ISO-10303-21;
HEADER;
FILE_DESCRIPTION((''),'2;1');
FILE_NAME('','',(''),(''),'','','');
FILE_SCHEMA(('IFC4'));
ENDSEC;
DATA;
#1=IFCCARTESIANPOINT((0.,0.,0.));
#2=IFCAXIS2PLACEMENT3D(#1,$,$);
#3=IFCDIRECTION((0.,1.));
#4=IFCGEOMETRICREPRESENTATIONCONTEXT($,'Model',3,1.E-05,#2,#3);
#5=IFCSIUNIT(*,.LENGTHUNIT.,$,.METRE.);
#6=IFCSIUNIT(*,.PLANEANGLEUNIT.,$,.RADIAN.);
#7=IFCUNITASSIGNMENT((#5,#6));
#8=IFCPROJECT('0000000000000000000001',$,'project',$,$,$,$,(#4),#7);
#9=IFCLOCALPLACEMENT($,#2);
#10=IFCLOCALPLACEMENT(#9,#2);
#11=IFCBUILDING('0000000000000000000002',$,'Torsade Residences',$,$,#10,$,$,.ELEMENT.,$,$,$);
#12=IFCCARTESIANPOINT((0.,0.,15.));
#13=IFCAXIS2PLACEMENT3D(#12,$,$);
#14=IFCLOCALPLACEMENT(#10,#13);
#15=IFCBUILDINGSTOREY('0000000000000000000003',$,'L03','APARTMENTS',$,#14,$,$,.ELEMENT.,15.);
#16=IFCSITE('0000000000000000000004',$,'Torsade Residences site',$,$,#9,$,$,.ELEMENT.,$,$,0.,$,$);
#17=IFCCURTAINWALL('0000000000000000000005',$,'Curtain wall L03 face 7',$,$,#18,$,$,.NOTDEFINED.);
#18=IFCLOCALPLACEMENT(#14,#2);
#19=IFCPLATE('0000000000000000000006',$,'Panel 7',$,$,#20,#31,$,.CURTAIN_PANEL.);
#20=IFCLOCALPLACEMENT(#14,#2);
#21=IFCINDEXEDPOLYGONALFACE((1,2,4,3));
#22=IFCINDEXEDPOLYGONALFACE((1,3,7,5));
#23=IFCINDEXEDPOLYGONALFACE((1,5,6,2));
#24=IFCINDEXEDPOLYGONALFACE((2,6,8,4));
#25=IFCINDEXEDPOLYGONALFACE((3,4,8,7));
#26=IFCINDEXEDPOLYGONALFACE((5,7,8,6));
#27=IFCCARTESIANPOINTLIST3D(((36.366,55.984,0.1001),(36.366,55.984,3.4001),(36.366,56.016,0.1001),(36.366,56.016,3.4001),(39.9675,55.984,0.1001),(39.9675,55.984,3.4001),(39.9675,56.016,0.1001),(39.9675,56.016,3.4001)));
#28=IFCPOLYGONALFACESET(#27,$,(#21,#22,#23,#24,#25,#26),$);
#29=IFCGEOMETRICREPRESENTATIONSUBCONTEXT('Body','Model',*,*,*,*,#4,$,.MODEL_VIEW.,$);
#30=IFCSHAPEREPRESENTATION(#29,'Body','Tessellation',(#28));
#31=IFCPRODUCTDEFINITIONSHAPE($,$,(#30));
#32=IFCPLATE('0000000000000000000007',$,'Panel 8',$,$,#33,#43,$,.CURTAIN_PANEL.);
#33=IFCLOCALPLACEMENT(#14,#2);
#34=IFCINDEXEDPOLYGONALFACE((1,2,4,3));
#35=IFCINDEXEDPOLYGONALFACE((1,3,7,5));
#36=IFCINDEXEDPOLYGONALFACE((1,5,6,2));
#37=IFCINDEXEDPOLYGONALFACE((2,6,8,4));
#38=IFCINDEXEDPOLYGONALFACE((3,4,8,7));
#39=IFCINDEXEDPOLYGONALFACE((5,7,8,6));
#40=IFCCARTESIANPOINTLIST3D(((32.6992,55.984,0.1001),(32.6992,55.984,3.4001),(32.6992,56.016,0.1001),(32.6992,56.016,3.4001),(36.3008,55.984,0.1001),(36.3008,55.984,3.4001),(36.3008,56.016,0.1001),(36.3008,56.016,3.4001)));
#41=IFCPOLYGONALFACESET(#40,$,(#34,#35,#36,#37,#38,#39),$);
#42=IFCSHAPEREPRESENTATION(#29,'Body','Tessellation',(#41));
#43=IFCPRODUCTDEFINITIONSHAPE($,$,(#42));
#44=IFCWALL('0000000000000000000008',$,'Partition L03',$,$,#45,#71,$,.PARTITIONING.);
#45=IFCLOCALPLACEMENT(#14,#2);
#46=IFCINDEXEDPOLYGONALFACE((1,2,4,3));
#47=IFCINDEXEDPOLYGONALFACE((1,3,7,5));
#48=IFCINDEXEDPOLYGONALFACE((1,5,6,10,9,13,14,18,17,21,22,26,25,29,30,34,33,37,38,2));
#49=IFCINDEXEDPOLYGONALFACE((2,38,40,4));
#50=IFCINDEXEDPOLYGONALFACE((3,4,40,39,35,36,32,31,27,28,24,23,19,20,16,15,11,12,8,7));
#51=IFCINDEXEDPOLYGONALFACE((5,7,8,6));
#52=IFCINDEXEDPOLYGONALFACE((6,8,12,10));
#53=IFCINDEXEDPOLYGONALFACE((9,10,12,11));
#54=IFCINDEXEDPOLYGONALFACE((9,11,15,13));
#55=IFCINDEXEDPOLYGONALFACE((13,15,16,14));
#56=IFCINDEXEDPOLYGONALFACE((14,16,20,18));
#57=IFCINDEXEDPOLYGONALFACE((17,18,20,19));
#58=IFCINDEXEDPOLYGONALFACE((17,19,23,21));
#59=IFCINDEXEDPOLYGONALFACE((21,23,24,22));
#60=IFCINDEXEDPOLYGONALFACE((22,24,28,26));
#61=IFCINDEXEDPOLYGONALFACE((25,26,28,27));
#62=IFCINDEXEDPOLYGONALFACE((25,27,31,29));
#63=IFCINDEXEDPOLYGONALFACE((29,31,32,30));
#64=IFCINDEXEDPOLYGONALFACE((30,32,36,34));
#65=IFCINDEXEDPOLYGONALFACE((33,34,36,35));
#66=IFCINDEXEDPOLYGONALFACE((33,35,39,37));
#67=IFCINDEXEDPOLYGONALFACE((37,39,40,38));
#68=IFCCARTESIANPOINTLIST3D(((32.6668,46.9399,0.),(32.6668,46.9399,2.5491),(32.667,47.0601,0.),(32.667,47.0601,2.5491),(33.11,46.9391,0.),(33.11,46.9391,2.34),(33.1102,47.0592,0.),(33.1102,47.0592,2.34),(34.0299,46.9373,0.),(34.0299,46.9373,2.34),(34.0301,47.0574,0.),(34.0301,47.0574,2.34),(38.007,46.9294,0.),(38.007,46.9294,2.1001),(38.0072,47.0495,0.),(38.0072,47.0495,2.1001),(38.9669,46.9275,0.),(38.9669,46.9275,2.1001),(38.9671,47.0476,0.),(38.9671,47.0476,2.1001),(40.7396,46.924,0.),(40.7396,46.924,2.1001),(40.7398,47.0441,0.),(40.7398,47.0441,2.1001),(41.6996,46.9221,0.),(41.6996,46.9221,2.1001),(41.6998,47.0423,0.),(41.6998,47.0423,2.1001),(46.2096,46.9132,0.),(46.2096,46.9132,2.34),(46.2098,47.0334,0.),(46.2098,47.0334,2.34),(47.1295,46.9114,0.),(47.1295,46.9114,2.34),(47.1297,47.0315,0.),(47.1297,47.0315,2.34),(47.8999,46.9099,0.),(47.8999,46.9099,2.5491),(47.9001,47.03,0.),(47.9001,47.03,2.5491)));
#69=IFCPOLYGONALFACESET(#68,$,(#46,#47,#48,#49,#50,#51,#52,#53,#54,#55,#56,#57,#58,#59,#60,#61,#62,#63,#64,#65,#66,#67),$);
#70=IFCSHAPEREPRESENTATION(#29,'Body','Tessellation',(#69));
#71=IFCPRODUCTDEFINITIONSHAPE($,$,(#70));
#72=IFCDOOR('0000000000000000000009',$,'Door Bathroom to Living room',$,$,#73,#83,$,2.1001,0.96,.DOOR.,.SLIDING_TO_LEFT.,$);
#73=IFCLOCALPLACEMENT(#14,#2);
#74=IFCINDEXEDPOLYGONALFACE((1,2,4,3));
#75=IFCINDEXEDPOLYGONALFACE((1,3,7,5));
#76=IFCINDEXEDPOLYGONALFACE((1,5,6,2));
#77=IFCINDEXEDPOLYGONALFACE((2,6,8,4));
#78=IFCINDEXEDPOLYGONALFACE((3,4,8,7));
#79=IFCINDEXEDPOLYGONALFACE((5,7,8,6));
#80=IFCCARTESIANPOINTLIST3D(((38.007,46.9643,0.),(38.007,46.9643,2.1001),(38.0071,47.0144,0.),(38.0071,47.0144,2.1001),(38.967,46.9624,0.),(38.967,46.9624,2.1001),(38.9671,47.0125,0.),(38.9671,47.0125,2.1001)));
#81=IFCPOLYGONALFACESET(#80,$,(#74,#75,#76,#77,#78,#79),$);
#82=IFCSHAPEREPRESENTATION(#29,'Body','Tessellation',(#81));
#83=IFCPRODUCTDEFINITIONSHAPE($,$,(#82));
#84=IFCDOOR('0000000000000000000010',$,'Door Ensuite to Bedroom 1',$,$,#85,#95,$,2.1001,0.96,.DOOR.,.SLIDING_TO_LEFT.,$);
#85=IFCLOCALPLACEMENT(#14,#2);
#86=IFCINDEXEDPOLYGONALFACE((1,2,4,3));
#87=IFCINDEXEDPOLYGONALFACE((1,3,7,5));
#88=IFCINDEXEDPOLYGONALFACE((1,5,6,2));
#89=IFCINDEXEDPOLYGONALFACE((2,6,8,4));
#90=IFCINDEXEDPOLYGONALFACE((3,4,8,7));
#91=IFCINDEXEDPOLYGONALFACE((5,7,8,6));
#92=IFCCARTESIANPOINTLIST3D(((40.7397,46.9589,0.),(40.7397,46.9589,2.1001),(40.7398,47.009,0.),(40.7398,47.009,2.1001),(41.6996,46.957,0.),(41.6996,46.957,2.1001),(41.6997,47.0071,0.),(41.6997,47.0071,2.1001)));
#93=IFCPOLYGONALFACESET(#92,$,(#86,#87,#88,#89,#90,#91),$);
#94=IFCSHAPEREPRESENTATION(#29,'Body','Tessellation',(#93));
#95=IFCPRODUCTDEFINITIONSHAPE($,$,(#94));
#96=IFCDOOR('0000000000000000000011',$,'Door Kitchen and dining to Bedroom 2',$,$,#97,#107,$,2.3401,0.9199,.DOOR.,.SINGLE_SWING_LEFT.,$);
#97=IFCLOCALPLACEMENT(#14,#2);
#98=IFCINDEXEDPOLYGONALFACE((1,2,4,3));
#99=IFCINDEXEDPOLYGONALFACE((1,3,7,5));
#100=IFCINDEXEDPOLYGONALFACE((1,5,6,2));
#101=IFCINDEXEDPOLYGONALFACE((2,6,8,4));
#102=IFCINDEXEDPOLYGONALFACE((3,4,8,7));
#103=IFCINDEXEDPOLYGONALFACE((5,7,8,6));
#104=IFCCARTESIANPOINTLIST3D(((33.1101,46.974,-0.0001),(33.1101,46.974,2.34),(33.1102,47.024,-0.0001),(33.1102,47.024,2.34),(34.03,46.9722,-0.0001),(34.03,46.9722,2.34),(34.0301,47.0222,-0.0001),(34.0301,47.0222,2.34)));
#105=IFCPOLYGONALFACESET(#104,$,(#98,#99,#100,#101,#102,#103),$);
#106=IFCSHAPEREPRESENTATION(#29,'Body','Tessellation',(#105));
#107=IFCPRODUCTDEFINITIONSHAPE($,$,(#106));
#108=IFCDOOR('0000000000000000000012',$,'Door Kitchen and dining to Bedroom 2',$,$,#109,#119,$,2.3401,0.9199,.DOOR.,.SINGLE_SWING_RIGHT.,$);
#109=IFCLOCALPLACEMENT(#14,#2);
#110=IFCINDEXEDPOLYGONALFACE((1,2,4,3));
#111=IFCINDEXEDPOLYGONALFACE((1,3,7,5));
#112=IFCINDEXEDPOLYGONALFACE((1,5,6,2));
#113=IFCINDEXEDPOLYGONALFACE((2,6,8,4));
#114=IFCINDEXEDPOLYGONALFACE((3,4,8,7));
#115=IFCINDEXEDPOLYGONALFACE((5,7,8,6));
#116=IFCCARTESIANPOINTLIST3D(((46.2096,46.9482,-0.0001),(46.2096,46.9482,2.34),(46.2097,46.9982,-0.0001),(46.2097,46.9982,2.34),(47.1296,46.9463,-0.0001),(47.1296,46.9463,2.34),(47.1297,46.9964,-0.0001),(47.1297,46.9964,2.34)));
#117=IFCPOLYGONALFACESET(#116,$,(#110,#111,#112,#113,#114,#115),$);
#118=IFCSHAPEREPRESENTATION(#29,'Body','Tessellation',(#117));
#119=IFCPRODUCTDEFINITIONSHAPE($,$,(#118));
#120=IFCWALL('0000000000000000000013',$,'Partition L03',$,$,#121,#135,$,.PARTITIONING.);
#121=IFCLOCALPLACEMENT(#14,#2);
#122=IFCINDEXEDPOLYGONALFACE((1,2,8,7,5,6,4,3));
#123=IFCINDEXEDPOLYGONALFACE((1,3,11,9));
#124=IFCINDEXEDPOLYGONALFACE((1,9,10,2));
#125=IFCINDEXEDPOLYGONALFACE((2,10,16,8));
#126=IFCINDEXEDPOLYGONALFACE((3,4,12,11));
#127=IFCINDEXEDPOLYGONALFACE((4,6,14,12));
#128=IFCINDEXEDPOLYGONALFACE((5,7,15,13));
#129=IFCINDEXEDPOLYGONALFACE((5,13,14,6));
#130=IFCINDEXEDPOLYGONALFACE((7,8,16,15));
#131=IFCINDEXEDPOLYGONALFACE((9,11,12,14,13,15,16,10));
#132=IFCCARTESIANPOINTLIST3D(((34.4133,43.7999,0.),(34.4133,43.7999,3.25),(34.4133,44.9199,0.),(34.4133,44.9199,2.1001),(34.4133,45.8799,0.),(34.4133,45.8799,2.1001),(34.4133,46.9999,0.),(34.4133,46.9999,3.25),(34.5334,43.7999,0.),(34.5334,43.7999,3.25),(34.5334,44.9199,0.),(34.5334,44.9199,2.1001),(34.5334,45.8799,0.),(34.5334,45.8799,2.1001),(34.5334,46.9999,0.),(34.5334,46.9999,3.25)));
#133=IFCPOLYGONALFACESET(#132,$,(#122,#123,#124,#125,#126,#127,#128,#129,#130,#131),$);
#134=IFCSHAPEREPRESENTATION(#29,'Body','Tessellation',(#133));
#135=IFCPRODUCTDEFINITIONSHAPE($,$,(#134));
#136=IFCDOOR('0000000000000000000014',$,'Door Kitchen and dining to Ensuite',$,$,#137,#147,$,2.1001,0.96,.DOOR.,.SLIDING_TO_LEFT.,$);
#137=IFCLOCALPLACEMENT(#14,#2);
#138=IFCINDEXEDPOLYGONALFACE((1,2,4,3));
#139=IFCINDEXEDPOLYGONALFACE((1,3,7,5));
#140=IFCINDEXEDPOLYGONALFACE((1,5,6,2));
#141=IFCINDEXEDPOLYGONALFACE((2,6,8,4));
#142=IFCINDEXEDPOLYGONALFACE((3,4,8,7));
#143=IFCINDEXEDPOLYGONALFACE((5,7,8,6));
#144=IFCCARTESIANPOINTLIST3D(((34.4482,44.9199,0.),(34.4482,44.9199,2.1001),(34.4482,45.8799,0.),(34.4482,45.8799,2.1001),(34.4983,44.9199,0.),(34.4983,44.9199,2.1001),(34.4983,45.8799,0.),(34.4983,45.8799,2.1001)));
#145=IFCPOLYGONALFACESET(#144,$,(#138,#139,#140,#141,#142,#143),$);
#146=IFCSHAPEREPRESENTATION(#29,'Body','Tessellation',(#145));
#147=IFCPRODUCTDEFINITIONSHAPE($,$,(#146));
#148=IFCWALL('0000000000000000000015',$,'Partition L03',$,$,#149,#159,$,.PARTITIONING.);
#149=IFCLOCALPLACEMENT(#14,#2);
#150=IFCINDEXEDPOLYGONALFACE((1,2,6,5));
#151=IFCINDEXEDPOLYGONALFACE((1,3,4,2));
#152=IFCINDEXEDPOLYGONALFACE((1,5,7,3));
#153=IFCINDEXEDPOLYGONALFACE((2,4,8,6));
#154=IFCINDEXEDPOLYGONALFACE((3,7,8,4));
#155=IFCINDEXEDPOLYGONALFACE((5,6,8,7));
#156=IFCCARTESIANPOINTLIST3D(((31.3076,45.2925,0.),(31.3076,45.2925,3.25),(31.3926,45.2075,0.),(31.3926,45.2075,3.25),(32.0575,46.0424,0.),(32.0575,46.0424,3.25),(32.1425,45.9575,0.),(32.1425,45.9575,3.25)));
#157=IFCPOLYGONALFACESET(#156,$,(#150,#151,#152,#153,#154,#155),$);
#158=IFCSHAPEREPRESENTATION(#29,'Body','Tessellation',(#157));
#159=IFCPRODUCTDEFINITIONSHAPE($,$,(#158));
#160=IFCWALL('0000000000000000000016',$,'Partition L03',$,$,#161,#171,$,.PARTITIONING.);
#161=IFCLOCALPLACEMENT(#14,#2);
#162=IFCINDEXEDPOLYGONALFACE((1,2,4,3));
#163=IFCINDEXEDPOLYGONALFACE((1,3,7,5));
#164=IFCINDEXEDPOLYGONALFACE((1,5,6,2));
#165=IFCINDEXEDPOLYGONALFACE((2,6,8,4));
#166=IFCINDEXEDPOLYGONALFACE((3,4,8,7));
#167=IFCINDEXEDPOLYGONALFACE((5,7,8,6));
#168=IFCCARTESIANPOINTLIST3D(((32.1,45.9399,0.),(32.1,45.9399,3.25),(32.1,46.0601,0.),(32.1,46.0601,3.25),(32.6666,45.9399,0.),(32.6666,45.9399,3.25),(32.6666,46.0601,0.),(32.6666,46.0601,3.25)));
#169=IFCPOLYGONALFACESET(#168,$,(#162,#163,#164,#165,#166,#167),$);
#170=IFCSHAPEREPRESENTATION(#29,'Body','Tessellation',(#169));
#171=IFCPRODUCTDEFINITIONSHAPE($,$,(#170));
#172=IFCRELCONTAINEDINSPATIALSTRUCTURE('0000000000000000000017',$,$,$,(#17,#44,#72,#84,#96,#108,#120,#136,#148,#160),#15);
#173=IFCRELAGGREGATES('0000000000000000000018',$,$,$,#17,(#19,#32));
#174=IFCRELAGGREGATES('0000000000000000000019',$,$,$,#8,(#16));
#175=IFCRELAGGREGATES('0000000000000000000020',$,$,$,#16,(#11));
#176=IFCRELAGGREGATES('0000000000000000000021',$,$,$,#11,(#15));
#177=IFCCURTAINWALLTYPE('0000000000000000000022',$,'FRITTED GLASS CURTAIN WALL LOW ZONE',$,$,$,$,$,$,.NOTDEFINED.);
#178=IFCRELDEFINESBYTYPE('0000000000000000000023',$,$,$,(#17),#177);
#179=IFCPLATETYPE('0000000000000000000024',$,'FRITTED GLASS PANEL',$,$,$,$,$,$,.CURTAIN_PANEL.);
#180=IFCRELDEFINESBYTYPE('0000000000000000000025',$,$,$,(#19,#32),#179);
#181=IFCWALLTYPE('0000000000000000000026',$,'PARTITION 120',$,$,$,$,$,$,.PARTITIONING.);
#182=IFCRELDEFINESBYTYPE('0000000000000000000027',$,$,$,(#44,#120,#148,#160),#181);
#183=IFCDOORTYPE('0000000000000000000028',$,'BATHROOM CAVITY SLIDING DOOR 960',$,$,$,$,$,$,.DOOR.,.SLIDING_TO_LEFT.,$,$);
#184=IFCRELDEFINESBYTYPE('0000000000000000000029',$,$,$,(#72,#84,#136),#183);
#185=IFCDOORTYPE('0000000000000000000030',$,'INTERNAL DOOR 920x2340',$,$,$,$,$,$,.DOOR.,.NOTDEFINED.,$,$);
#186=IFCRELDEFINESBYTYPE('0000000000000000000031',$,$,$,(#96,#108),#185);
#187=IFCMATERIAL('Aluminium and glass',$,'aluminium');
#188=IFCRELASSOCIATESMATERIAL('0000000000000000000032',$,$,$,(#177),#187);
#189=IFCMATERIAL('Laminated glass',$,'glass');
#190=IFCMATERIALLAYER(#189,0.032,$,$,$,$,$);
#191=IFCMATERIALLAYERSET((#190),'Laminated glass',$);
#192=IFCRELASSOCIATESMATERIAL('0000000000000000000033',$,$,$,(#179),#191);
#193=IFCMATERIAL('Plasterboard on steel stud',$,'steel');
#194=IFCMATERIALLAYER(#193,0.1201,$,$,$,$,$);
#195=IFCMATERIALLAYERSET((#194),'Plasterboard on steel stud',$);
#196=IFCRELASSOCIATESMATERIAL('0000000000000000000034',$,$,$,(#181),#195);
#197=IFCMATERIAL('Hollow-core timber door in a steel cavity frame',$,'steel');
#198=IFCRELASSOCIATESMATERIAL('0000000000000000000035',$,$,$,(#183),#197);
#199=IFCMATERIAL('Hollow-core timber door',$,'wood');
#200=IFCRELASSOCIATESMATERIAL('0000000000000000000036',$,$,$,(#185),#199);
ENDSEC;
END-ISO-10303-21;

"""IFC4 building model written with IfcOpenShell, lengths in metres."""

from ifc_helpers import new_model, si_unit, direction, frame, frame_2d, origin, origin_2d, place, context, subcontext, project, spatial, rectangle, extrude, material, layer, layer_set, type_object, element, fill, aggregate, save


model = new_model("IFC4")

# Units and contexts
model_context = context("Model", 3, precision=1e-05, world=origin(), true_north=direction((0.0, 1.0)))
body_context = subcontext(model_context, "Body", "Model", "MODEL_VIEW")
ifc_project = project(units=[si_unit("LENGTHUNIT", "METRE"), si_unit("PLANEANGLEUNIT", "RADIAN")], contexts=[model_context])

# Site, building, storey
site_placement = place(None, origin())
site = spatial("IfcSite", under=ifc_project, at=site_placement, Name="Torsade Residences site", CompositionType="ELEMENT", RefElevation=0.0)
building_placement = place(site_placement, origin())
building = spatial("IfcBuilding", under=site, at=building_placement, Name="Torsade Residences", CompositionType="ELEMENT")
storey_placement = place(building_placement, frame((0.0, 0.0, 15.0)))
storey = spatial("IfcBuildingStorey", under=building, at=storey_placement, Name="L03", Description="APARTMENTS", CompositionType="ELEMENT", Elevation=15.0)

# Curtain wall
ifc_material_1 = material(Name="Aluminium and glass", Category="aluminium")
curtain_wall_type = type_object("IfcCurtainWallType", Name="FRITTED GLASS CURTAIN WALL LOW ZONE", PredefinedType="NOTDEFINED", material=ifc_material_1)
curtain_wall_placement = place(storey_placement, origin())
curtain_wall = element("IfcCurtainWall", 1, at=curtain_wall_placement, inside=storey, type_object=curtain_wall_type, Name="Curtain wall L03 face 7", PredefinedType="NOTDEFINED")

# Plates
ifc_material_2 = material(Name="Laminated glass", Category="glass")
ifc_layer_1 = layer(ifc_material_2, 0.032)
ifc_layer_set_1 = layer_set([ifc_layer_1], Name="Laminated glass")
plate_type = type_object("IfcPlateType", Name="FRITTED GLASS PANEL", PredefinedType="CURTAIN_PANEL", material=ifc_layer_set_1)
plate_1_placement = place(storey_placement, frame((38.1667, 56.0, 0.1001), z_axis=(0.0, 0.0, 1.0), x_axis=(-1.0, 0.0, 0.0)))
plate_1 = element("IfcPlate", 2, at=plate_1_placement, type_object=plate_type, Name="Panel 7", PredefinedType="CURTAIN_PANEL", context=body_context, shape_type="SweptSolid", body=[
    extrude(rectangle(XDim=3.6016, YDim=0.032, at=origin_2d()), origin(), (0.0, 0.0, 1.0), 3.3),
])
plate_2_placement = place(storey_placement, frame((34.5, 56.0, 0.1001), z_axis=(0.0, 0.0, 1.0), x_axis=(-1.0, 0.0, 0.0)))
plate_2 = element("IfcPlate", 3, at=plate_2_placement, type_object=plate_type, Name="Panel 8", PredefinedType="CURTAIN_PANEL", context=body_context, shape_type="SweptSolid", body=[
    extrude(rectangle(XDim=3.6016, YDim=0.032, at=origin_2d()), origin(), (0.0, 0.0, 1.0), 3.3),
])
aggregate(curtain_wall, [plate_1, plate_2])

# Wall, openings, doors
ifc_material_3 = material(Name="Plasterboard on steel stud", Category="steel")
ifc_layer_2 = layer(ifc_material_3, 0.1201)
ifc_layer_set_2 = layer_set([ifc_layer_2], Name="Plasterboard on steel stud")
wall_type = type_object("IfcWallType", Name="PARTITION 120", PredefinedType="PARTITIONING", material=ifc_layer_set_2)
wall_1_placement = place(storey_placement, frame((32.6667, 47.0, 0.0), z_axis=(0.0, 0.0, 1.0), x_axis=(0.999998, -0.001971, 0.0)))
wall_1 = element("IfcWall", 4, at=wall_1_placement, inside=storey, type_object=wall_type, Name="Partition L03", PredefinedType="PARTITIONING", context=body_context, shape_type="SweptSolid", body=[
    extrude(rectangle(XDim=15.2332, YDim=0.1201, at=frame_2d((7.6167, 0.0))), origin(), (0.0, 0.0, 1.0), 2.5491),
])
opening_1_placement = place(wall_1_placement, frame((0.4434, 0.0, 0.0)))
opening_1 = element("IfcOpeningElement", 5, at=opening_1_placement, cuts=wall_1, PredefinedType="OPENING", context=body_context, shape_type="SweptSolid", body=[
    extrude(rectangle(XDim=0.9199, YDim=2.3401, at=frame_2d((0.46, 1.1699))), frame((0.0, 0.0701, 0.0), z_axis=(0.0, -1.0, 0.0), x_axis=(1.0, 0.0, 0.0)), (0.0, 0.0, 1.0), 0.1401),
])
opening_2_placement = place(wall_1_placement, frame((13.543, 0.0, 0.0)))
opening_2 = element("IfcOpeningElement", 6, at=opening_2_placement, cuts=wall_1, PredefinedType="OPENING", context=body_context, shape_type="SweptSolid", body=[
    extrude(rectangle(XDim=0.9199, YDim=2.3401, at=frame_2d((0.46, 1.1699))), frame((0.0, 0.0701, 0.0), z_axis=(0.0, -1.0, 0.0), x_axis=(1.0, 0.0, 0.0)), (0.0, 0.0, 1.0), 0.1401),
])
opening_3_placement = place(wall_1_placement, frame((5.3403, 0.0, 0.0)))
opening_3 = element("IfcOpeningElement", 7, at=opening_3_placement, cuts=wall_1, PredefinedType="OPENING", context=body_context, shape_type="SweptSolid", body=[
    extrude(rectangle(XDim=0.96, YDim=2.1001, at=frame_2d((0.48, 1.05))), frame((0.0, 0.0701, 0.0), z_axis=(0.0, -1.0, 0.0), x_axis=(1.0, 0.0, 0.0)), (0.0, 0.0, 1.0), 0.1401),
])
opening_4_placement = place(wall_1_placement, frame((8.073, 0.0, 0.0)))
opening_4 = element("IfcOpeningElement", 8, at=opening_4_placement, cuts=wall_1, PredefinedType="OPENING", context=body_context, shape_type="SweptSolid", body=[
    extrude(rectangle(XDim=0.96, YDim=2.1001, at=frame_2d((0.48, 1.05))), frame((0.0, 0.0701, 0.0), z_axis=(0.0, -1.0, 0.0), x_axis=(1.0, 0.0, 0.0)), (0.0, 0.0, 1.0), 0.1401),
])
ifc_material_4 = material(Name="Hollow-core timber door in a steel cavity frame", Category="steel")
door_type_1 = type_object("IfcDoorType", Name="BATHROOM CAVITY SLIDING DOOR 960", OperationType="SLIDING_TO_LEFT", PredefinedType="DOOR", material=ifc_material_4)
door_1_placement = place(opening_3_placement, origin())
door_1 = element("IfcDoor", 9, at=door_1_placement, inside=storey, type_object=door_type_1, Name="Door Bathroom to Living room", OperationType="SLIDING_TO_LEFT", OverallHeight=2.1001, OverallWidth=0.96, PredefinedType="DOOR", context=body_context, shape_type="SweptSolid", body=[
    extrude(rectangle(XDim=0.96, YDim=2.1001, at=frame_2d((0.48, 1.05))), frame((0.0, 0.0249, 0.0), z_axis=(0.0, -1.0, 0.0), x_axis=(1.0, 0.0, 0.0)), (0.0, 0.0, 1.0), 0.05),
])
fill(opening_3, door_1)
door_2_placement = place(opening_4_placement, origin())
door_2 = element("IfcDoor", 10, at=door_2_placement, inside=storey, type_object=door_type_1, Name="Door Ensuite to Bedroom 1", OperationType="SLIDING_TO_LEFT", OverallHeight=2.1001, OverallWidth=0.96, PredefinedType="DOOR", context=body_context, shape_type="SweptSolid", body=[
    extrude(rectangle(XDim=0.96, YDim=2.1001, at=frame_2d((0.48, 1.05))), frame((0.0, 0.0249, 0.0), z_axis=(0.0, -1.0, 0.0), x_axis=(1.0, 0.0, 0.0)), (0.0, 0.0, 1.0), 0.05),
])
fill(opening_4, door_2)
ifc_material_5 = material(Name="Hollow-core timber door", Category="wood")
door_type_2 = type_object("IfcDoorType", Name="INTERNAL DOOR 920x2340", OperationType="NOTDEFINED", PredefinedType="DOOR", material=ifc_material_5)
door_3_placement = place(opening_1_placement, origin())
door_3 = element("IfcDoor", 11, at=door_3_placement, inside=storey, type_object=door_type_2, Name="Door Kitchen and dining to Bedroom 2", OperationType="SINGLE_SWING_LEFT", OverallHeight=2.3401, OverallWidth=0.9199, PredefinedType="DOOR", context=body_context, shape_type="SweptSolid", body=[
    extrude(rectangle(XDim=0.9199, YDim=2.3401, at=frame_2d((0.46, 1.1699))), frame((0.0, 0.0249, 0.0), z_axis=(0.0, -1.0, 0.0), x_axis=(1.0, 0.0, 0.0)), (0.0, 0.0, 1.0), 0.05),
])
fill(opening_1, door_3)
door_4_placement = place(opening_2_placement, origin())
door_4 = element("IfcDoor", 12, at=door_4_placement, inside=storey, type_object=door_type_2, Name="Door Kitchen and dining to Bedroom 2", OperationType="SINGLE_SWING_RIGHT", OverallHeight=2.3401, OverallWidth=0.9199, PredefinedType="DOOR", context=body_context, shape_type="SweptSolid", body=[
    extrude(rectangle(XDim=0.9199, YDim=2.3401, at=frame_2d((0.46, 1.1699))), frame((0.0, 0.0249, 0.0), z_axis=(0.0, -1.0, 0.0), x_axis=(1.0, 0.0, 0.0)), (0.0, 0.0, 1.0), 0.05),
])
fill(opening_2, door_4)

# Wall, opening, door
wall_2_placement = place(storey_placement, frame((34.4734, 47.0, 0.0), z_axis=(0.0, 0.0, 1.0), x_axis=(0.0, -1.0, 0.0)))
wall_2 = element("IfcWall", 13, at=wall_2_placement, inside=storey, type_object=wall_type, Name="Partition L03", PredefinedType="PARTITIONING", context=body_context, shape_type="SweptSolid", body=[
    extrude(rectangle(XDim=3.2, YDim=0.1201, at=frame_2d((1.6001, 0.0))), origin(), (0.0, 0.0, 1.0), 3.25),
])
opening_5_placement = place(wall_2_placement, frame((1.1201, 0.0, 0.0)))
opening_5 = element("IfcOpeningElement", 14, at=opening_5_placement, cuts=wall_2, PredefinedType="OPENING", context=body_context, shape_type="SweptSolid", body=[
    extrude(rectangle(XDim=0.96, YDim=2.1001, at=frame_2d((0.48, 1.05))), frame((0.0, 0.0701, 0.0), z_axis=(0.0, -1.0, 0.0), x_axis=(1.0, 0.0, 0.0)), (0.0, 0.0, 1.0), 0.1401),
])
door_5_placement = place(opening_5_placement, origin())
door_5 = element("IfcDoor", 15, at=door_5_placement, inside=storey, type_object=door_type_1, Name="Door Kitchen and dining to Ensuite", OperationType="SLIDING_TO_LEFT", OverallHeight=2.1001, OverallWidth=0.96, PredefinedType="DOOR", context=body_context, shape_type="SweptSolid", body=[
    extrude(rectangle(XDim=0.96, YDim=2.1001, at=frame_2d((0.48, 1.05))), frame((0.0, 0.0249, 0.0), z_axis=(0.0, -1.0, 0.0), x_axis=(1.0, 0.0, 0.0)), (0.0, 0.0, 1.0), 0.05),
])
fill(opening_5, door_5)

# Walls
wall_3_placement = place(storey_placement, frame((31.3501, 45.25, 0.0), z_axis=(0.0, 0.0, 1.0), x_axis=(0.707107, 0.707107, 0.0)))
element("IfcWall", 16, at=wall_3_placement, inside=storey, type_object=wall_type, Name="Partition L03", PredefinedType="PARTITIONING", context=body_context, shape_type="SweptSolid", body=[
    extrude(rectangle(XDim=1.0605, YDim=0.1201, at=frame_2d((0.5303, 0.0))), origin(), (0.0, 0.0, 1.0), 3.25),
])
wall_4_placement = place(storey_placement, frame((32.1001, 46.0, 0.0), z_axis=(0.0, 0.0, 1.0), x_axis=(1.0, 0.0, 0.0)))
element("IfcWall", 17, at=wall_4_placement, inside=storey, type_object=wall_type, Name="Partition L03", PredefinedType="PARTITIONING", context=body_context, shape_type="SweptSolid", body=[
    extrude(rectangle(XDim=0.5667, YDim=0.1201, at=frame_2d((0.2832, 0.0))), origin(), (0.0, 0.0, 1.0), 3.25),
])

save(model, "model.ifc")
